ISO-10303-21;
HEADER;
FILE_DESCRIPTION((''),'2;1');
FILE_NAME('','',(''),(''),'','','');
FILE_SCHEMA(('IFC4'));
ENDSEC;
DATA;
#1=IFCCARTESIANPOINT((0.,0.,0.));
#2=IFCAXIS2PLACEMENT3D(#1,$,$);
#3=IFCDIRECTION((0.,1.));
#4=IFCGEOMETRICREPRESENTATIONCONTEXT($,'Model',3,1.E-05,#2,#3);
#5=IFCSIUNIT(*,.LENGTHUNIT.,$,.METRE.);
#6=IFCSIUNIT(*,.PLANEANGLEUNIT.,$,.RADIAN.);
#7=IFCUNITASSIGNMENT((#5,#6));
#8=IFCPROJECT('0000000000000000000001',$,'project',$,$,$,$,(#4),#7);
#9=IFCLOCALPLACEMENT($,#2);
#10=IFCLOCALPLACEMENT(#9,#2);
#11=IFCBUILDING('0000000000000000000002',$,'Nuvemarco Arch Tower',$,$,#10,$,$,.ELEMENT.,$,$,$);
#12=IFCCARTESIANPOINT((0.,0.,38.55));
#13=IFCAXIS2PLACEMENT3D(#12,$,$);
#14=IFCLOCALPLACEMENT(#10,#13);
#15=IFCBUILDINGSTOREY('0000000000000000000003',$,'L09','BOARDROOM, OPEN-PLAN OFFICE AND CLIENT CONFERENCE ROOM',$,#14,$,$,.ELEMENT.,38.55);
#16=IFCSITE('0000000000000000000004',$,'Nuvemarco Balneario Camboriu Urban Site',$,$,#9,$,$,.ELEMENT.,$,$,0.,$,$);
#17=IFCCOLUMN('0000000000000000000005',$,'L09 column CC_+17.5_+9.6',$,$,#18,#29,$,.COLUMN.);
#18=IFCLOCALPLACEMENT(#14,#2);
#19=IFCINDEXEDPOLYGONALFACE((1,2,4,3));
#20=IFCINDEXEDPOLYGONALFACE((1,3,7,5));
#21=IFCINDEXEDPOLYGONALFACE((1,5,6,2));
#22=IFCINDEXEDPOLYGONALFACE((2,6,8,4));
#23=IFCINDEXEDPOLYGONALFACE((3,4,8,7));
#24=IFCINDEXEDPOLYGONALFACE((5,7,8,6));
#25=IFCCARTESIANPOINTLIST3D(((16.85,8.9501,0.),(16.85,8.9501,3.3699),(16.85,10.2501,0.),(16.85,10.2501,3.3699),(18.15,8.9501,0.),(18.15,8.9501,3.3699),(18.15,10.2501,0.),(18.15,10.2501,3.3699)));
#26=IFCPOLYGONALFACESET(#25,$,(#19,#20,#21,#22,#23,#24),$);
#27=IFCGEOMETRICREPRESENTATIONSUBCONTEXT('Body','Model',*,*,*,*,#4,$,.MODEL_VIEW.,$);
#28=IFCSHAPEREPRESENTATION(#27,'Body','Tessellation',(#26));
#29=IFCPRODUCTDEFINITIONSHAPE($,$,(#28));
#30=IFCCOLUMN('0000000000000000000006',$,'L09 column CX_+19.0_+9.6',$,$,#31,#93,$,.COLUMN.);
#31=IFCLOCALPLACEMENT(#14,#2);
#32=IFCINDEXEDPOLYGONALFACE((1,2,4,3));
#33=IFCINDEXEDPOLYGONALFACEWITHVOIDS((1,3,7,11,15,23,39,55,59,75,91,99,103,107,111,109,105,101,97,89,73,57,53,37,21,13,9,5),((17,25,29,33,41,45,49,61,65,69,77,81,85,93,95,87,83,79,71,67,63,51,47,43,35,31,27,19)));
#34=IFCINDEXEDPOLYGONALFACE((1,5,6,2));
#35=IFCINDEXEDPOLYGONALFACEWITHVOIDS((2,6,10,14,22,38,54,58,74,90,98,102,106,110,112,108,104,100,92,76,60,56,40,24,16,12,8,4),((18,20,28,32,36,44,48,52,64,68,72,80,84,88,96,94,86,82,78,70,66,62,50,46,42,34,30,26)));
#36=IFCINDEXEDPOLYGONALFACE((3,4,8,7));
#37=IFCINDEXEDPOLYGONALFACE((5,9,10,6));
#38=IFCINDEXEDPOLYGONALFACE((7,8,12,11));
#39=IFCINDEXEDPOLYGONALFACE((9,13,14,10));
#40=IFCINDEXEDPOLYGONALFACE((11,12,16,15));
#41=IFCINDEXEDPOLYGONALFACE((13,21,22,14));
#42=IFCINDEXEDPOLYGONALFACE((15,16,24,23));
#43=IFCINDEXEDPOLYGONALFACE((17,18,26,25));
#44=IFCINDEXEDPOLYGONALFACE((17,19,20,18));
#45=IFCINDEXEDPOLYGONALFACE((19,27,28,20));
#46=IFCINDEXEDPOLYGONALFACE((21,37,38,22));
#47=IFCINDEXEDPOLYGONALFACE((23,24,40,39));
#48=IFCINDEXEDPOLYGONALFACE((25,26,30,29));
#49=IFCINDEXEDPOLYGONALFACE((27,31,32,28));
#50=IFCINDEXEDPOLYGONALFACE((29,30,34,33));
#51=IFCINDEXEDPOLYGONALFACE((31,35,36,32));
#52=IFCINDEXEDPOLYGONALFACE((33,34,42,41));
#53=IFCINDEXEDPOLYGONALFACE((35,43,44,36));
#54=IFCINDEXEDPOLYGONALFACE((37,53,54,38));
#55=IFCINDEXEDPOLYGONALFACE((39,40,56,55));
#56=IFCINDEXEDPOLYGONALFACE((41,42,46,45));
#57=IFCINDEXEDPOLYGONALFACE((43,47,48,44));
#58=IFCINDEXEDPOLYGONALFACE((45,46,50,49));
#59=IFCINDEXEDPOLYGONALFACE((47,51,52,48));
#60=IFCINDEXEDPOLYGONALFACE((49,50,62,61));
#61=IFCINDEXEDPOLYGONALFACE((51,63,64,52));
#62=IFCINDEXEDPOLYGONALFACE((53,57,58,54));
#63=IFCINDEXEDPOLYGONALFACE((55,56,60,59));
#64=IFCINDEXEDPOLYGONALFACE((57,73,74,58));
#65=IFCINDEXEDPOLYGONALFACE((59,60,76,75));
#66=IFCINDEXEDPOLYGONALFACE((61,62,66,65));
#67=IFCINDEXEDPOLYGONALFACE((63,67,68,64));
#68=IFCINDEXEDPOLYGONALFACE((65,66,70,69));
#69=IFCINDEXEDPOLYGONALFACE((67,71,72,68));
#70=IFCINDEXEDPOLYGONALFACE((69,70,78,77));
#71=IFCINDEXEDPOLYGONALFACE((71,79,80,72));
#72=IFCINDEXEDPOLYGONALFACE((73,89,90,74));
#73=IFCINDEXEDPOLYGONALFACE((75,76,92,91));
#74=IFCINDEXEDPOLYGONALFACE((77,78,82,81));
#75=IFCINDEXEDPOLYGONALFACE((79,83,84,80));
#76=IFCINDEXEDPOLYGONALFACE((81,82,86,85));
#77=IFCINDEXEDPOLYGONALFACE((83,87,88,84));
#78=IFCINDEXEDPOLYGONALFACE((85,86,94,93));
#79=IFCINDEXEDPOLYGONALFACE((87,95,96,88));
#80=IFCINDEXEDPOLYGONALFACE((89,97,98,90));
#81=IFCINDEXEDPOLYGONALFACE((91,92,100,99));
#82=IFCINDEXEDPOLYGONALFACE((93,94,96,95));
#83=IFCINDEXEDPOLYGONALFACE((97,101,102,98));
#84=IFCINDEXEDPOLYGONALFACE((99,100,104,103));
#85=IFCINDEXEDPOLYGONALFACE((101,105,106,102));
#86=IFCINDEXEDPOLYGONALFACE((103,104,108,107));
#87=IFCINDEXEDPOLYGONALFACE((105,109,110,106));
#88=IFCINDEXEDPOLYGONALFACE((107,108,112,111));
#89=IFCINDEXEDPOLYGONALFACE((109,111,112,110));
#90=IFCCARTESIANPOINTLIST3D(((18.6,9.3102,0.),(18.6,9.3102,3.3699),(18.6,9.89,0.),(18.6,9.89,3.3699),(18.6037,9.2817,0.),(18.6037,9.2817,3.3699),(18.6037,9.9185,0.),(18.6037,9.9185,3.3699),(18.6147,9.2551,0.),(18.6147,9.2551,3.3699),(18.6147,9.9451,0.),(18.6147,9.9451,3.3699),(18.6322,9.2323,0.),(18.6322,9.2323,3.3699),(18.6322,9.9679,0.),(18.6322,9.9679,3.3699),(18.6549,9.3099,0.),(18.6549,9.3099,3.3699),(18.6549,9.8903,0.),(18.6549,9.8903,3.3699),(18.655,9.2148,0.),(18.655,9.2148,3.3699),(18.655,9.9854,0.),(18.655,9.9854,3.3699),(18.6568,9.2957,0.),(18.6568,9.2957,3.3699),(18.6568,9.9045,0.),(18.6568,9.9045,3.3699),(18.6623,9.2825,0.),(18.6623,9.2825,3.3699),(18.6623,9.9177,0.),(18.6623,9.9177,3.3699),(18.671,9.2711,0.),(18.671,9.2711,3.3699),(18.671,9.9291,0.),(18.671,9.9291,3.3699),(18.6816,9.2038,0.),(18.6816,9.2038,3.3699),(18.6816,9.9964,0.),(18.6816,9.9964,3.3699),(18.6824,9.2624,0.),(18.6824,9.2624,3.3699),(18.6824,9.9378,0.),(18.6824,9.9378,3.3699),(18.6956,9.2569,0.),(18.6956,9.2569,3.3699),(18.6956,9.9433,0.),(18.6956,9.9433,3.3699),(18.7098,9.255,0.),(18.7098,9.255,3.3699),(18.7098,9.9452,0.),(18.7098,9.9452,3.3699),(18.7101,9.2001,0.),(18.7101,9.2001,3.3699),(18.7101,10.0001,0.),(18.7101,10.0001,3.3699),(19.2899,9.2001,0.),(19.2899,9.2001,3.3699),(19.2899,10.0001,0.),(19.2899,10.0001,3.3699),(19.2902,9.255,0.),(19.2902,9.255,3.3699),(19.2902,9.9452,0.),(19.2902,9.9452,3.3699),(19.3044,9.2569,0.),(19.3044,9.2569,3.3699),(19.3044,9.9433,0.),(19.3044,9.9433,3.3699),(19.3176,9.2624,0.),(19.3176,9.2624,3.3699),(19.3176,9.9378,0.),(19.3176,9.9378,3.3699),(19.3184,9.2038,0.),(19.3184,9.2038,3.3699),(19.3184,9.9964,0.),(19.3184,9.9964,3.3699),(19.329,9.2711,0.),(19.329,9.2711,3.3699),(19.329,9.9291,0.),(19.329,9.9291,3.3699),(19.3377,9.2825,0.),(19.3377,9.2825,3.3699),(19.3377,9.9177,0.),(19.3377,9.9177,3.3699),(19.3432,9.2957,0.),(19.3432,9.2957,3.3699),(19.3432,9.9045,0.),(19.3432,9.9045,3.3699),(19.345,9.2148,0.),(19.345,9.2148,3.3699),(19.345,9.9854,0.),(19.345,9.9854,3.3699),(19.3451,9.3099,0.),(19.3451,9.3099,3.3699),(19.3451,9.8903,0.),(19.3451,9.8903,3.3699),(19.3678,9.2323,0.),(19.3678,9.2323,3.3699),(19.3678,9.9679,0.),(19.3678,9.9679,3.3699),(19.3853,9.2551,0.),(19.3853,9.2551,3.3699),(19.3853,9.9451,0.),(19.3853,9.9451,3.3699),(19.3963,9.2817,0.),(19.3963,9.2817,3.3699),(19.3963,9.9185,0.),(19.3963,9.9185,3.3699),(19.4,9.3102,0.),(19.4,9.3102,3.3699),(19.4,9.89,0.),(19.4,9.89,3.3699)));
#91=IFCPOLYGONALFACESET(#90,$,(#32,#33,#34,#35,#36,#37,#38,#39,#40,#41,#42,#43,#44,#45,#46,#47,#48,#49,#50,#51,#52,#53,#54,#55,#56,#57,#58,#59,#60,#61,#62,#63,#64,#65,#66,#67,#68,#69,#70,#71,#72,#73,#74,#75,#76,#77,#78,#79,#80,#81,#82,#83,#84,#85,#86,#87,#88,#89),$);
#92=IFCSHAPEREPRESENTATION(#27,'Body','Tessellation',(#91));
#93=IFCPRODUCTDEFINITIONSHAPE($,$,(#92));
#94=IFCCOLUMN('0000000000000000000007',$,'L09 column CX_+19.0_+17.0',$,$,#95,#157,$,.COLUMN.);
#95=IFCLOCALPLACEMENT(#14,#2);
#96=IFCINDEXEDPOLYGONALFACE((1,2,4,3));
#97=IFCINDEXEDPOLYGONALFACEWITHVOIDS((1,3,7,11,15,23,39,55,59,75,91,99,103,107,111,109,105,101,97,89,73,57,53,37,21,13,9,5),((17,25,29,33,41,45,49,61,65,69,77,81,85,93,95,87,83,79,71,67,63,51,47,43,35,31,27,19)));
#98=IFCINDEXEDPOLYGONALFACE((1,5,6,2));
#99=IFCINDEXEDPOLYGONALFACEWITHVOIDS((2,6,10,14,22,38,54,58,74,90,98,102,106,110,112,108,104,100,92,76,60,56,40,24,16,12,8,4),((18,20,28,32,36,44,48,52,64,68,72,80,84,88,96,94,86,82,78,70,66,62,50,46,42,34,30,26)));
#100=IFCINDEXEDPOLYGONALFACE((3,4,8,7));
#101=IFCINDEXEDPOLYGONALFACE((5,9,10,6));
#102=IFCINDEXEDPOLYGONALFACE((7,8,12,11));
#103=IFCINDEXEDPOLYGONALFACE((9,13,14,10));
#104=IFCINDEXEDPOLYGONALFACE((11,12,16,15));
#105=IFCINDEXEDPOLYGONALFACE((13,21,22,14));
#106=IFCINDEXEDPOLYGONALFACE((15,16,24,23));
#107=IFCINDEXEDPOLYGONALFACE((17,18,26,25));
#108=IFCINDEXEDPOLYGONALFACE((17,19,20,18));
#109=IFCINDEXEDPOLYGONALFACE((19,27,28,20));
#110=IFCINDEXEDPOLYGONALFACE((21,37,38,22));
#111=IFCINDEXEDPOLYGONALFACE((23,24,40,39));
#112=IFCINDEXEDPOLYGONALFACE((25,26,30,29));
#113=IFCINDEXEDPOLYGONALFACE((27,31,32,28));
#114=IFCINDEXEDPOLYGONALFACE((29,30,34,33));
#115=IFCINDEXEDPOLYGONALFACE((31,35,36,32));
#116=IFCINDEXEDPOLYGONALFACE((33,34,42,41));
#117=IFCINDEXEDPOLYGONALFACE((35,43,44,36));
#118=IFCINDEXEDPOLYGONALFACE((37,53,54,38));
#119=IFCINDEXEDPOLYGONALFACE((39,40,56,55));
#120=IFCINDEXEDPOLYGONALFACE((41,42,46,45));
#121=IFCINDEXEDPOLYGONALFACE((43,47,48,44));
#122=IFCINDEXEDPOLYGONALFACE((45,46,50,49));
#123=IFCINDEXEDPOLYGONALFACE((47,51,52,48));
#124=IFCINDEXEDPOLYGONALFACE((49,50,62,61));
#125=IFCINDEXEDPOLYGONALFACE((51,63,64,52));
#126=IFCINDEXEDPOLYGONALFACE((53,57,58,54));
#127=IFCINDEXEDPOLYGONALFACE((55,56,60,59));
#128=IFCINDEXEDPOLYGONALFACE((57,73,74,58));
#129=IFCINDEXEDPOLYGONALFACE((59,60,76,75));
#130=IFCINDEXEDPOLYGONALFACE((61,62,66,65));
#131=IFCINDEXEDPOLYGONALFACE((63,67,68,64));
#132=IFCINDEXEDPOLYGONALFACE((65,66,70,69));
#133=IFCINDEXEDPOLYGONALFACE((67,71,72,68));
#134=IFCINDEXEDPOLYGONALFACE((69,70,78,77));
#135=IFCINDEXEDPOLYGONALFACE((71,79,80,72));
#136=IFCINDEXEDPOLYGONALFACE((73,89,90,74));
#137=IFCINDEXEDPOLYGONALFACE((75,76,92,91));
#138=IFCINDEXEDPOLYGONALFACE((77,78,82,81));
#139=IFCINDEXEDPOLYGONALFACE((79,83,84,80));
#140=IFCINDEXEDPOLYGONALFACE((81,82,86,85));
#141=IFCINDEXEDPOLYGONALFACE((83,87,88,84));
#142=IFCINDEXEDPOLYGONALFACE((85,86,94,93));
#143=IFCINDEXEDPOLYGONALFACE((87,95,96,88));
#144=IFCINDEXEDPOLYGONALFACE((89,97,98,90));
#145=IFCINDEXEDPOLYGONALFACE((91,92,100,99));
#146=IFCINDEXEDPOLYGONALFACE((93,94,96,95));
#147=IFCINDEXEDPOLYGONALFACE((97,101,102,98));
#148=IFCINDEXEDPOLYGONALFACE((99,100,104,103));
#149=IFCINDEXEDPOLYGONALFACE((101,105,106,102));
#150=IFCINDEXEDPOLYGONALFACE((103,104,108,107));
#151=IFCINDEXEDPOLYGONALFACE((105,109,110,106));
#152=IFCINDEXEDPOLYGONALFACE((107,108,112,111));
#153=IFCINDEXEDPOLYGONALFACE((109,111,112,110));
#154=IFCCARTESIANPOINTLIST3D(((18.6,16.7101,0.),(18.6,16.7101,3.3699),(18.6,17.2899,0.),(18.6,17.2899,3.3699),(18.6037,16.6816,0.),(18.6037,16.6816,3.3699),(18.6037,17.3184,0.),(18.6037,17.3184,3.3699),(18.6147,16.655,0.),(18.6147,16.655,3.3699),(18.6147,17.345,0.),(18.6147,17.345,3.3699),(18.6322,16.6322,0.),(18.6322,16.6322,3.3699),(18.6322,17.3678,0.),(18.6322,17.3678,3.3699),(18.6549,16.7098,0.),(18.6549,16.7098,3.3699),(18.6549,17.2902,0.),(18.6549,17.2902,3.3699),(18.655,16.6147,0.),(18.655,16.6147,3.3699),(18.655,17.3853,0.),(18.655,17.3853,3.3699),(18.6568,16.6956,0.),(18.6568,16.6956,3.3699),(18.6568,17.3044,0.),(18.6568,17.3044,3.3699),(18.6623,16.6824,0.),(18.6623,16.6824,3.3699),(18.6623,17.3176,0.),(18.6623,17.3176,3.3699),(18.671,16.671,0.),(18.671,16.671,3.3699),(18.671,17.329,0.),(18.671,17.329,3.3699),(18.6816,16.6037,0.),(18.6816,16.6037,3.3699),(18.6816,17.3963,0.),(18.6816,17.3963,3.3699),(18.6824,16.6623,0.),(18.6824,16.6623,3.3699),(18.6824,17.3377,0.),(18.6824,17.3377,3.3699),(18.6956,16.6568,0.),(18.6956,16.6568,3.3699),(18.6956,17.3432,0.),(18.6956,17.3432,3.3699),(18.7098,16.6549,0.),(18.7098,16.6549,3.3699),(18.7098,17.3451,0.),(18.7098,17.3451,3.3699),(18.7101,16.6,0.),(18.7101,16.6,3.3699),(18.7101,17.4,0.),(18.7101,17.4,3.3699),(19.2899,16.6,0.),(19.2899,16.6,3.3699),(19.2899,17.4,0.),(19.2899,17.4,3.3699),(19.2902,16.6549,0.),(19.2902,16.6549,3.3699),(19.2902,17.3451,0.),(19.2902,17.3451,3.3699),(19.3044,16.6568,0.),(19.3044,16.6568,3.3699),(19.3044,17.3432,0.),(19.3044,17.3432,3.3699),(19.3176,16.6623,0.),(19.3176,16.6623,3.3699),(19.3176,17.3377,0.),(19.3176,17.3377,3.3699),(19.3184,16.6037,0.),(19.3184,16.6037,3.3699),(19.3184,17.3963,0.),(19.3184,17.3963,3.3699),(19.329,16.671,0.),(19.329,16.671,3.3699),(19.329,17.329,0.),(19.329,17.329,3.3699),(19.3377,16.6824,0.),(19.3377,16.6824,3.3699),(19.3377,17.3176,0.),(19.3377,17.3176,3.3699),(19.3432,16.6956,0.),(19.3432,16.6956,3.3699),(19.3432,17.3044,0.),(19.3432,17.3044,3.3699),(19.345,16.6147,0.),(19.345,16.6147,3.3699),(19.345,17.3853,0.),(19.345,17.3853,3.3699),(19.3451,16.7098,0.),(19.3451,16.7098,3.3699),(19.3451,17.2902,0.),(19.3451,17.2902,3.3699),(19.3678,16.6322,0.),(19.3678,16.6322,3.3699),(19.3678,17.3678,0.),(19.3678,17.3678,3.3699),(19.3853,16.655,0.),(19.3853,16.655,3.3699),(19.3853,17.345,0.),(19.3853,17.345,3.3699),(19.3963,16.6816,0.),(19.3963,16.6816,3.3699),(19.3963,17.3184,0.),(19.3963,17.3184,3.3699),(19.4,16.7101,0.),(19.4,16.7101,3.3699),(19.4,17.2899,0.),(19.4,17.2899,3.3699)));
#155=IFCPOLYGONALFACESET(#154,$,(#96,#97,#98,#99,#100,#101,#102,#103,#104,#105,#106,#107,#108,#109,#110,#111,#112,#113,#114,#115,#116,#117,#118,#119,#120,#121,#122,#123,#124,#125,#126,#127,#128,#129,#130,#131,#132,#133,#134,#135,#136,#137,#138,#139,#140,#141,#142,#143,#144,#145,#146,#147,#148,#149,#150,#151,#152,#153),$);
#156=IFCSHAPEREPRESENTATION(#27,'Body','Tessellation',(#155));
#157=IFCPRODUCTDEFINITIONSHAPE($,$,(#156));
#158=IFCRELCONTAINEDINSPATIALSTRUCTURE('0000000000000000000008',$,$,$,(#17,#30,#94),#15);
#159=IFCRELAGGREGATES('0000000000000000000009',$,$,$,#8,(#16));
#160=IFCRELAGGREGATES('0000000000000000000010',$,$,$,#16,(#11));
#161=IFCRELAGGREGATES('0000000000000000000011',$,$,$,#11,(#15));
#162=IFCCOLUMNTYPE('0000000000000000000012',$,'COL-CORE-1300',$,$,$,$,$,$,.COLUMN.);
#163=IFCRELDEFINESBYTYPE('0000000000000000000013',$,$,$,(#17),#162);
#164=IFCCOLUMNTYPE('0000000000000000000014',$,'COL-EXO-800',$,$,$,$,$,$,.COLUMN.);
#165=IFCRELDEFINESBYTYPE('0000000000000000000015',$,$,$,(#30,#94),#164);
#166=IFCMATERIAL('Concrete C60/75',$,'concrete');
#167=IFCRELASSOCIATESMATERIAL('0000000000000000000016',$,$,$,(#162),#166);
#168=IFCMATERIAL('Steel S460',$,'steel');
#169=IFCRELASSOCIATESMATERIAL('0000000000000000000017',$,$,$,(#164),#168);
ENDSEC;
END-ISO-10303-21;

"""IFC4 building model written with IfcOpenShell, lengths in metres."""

from ifc_helpers import new_model, si_unit, direction, frame, origin, origin_2d, place, context, subcontext, project, spatial, rectangle, hollow_rectangle, extrude, material, material_profile, profile_set, type_object, element, save


model = new_model("IFC4")

# Units and contexts
model_context = context("Model", 3, precision=1e-05, world=origin(), true_north=direction((0.0, 1.0)))
body_context = subcontext(model_context, "Body", "Model", "MODEL_VIEW")
ifc_project = project(units=[si_unit("LENGTHUNIT", "METRE"), si_unit("PLANEANGLEUNIT", "RADIAN")], contexts=[model_context])

# Site, building, storey
site_placement = place(None, origin())
site = spatial("IfcSite", under=ifc_project, at=site_placement, Name="Nuvemarco Balneario Camboriu Urban Site", CompositionType="ELEMENT", RefElevation=0.0)
building_placement = place(site_placement, origin())
building = spatial("IfcBuilding", under=site, at=building_placement, Name="Nuvemarco Arch Tower", CompositionType="ELEMENT")
storey_placement = place(building_placement, frame((0.0, 0.0, 38.55)))
storey = spatial("IfcBuildingStorey", under=building, at=storey_placement, Name="L09", Description="BOARDROOM, OPEN-PLAN OFFICE AND CLIENT CONFERENCE ROOM", CompositionType="ELEMENT", Elevation=38.55)

# Columns
ifc_material_1 = material(Name="Concrete C60/75", Category="concrete")
ifc_material_profile_1 = material_profile(ifc_material_1, rectangle(XDim=1.3, YDim=1.3, at=origin_2d()), Name="RC-COL-1300x1300")
ifc_profile_set_1 = profile_set([ifc_material_profile_1], Name="Concrete C60/75")
column_type_1 = type_object("IfcColumnType", Name="COL-CORE-1300", PredefinedType="COLUMN", material=ifc_profile_set_1)
column_placement = place(storey_placement, frame((17.5, 9.6001, 0.0), z_axis=(0.0, 0.0, 1.0), x_axis=(1.0, 0.0, 0.0)))
element("IfcColumn", 1, at=column_placement, inside=storey, type_object=column_type_1, Name="L09 column CC_+17.5_+9.6", PredefinedType="COLUMN", context=body_context, shape_type="SweptSolid", body=[
    extrude(rectangle(XDim=1.3, YDim=1.3, at=origin_2d()), origin(), (0.0, 0.0, 1.0), 3.3699),
])
ifc_material_2 = material(Name="Steel S460", Category="steel")
ifc_material_profile_2 = material_profile(ifc_material_2, hollow_rectangle(XDim=0.8, YDim=0.8, WallThickness=0.0549, InnerFilletRadius=0.0549, OuterFilletRadius=0.1101, at=origin_2d()), Name="SHS800x800x55")
ifc_profile_set_2 = profile_set([ifc_material_profile_2], Name="Steel S460")
column_type_2 = type_object("IfcColumnType", Name="COL-EXO-800", PredefinedType="COLUMN", material=ifc_profile_set_2)
for number, where, z_axis, x_axis, name in (
    (2, (19.0, 9.6001, 0.0), (0.0, 0.0, 1.0), (1.0, 0.0, 0.0), "L09 column CX_+19.0_+9.6"),
    (3, (19.0, 17.0, 0.0), (0.0, 0.0, 1.0), (1.0, 0.0, 0.0), "L09 column CX_+19.0_+17.0"),
):
    element("IfcColumn", number, at=place(storey_placement, frame(where, z_axis=z_axis, x_axis=x_axis)), inside=storey, type_object=column_type_2, Name=name, PredefinedType="COLUMN", context=body_context, shape_type="SweptSolid", body=[
        extrude(hollow_rectangle(XDim=0.8, YDim=0.8, WallThickness=0.0549, InnerFilletRadius=0.0549, OuterFilletRadius=0.1101, at=origin_2d()), origin(), (0.0, 0.0, 1.0), 3.3699),
    ])

save(model, "model.ifc")
